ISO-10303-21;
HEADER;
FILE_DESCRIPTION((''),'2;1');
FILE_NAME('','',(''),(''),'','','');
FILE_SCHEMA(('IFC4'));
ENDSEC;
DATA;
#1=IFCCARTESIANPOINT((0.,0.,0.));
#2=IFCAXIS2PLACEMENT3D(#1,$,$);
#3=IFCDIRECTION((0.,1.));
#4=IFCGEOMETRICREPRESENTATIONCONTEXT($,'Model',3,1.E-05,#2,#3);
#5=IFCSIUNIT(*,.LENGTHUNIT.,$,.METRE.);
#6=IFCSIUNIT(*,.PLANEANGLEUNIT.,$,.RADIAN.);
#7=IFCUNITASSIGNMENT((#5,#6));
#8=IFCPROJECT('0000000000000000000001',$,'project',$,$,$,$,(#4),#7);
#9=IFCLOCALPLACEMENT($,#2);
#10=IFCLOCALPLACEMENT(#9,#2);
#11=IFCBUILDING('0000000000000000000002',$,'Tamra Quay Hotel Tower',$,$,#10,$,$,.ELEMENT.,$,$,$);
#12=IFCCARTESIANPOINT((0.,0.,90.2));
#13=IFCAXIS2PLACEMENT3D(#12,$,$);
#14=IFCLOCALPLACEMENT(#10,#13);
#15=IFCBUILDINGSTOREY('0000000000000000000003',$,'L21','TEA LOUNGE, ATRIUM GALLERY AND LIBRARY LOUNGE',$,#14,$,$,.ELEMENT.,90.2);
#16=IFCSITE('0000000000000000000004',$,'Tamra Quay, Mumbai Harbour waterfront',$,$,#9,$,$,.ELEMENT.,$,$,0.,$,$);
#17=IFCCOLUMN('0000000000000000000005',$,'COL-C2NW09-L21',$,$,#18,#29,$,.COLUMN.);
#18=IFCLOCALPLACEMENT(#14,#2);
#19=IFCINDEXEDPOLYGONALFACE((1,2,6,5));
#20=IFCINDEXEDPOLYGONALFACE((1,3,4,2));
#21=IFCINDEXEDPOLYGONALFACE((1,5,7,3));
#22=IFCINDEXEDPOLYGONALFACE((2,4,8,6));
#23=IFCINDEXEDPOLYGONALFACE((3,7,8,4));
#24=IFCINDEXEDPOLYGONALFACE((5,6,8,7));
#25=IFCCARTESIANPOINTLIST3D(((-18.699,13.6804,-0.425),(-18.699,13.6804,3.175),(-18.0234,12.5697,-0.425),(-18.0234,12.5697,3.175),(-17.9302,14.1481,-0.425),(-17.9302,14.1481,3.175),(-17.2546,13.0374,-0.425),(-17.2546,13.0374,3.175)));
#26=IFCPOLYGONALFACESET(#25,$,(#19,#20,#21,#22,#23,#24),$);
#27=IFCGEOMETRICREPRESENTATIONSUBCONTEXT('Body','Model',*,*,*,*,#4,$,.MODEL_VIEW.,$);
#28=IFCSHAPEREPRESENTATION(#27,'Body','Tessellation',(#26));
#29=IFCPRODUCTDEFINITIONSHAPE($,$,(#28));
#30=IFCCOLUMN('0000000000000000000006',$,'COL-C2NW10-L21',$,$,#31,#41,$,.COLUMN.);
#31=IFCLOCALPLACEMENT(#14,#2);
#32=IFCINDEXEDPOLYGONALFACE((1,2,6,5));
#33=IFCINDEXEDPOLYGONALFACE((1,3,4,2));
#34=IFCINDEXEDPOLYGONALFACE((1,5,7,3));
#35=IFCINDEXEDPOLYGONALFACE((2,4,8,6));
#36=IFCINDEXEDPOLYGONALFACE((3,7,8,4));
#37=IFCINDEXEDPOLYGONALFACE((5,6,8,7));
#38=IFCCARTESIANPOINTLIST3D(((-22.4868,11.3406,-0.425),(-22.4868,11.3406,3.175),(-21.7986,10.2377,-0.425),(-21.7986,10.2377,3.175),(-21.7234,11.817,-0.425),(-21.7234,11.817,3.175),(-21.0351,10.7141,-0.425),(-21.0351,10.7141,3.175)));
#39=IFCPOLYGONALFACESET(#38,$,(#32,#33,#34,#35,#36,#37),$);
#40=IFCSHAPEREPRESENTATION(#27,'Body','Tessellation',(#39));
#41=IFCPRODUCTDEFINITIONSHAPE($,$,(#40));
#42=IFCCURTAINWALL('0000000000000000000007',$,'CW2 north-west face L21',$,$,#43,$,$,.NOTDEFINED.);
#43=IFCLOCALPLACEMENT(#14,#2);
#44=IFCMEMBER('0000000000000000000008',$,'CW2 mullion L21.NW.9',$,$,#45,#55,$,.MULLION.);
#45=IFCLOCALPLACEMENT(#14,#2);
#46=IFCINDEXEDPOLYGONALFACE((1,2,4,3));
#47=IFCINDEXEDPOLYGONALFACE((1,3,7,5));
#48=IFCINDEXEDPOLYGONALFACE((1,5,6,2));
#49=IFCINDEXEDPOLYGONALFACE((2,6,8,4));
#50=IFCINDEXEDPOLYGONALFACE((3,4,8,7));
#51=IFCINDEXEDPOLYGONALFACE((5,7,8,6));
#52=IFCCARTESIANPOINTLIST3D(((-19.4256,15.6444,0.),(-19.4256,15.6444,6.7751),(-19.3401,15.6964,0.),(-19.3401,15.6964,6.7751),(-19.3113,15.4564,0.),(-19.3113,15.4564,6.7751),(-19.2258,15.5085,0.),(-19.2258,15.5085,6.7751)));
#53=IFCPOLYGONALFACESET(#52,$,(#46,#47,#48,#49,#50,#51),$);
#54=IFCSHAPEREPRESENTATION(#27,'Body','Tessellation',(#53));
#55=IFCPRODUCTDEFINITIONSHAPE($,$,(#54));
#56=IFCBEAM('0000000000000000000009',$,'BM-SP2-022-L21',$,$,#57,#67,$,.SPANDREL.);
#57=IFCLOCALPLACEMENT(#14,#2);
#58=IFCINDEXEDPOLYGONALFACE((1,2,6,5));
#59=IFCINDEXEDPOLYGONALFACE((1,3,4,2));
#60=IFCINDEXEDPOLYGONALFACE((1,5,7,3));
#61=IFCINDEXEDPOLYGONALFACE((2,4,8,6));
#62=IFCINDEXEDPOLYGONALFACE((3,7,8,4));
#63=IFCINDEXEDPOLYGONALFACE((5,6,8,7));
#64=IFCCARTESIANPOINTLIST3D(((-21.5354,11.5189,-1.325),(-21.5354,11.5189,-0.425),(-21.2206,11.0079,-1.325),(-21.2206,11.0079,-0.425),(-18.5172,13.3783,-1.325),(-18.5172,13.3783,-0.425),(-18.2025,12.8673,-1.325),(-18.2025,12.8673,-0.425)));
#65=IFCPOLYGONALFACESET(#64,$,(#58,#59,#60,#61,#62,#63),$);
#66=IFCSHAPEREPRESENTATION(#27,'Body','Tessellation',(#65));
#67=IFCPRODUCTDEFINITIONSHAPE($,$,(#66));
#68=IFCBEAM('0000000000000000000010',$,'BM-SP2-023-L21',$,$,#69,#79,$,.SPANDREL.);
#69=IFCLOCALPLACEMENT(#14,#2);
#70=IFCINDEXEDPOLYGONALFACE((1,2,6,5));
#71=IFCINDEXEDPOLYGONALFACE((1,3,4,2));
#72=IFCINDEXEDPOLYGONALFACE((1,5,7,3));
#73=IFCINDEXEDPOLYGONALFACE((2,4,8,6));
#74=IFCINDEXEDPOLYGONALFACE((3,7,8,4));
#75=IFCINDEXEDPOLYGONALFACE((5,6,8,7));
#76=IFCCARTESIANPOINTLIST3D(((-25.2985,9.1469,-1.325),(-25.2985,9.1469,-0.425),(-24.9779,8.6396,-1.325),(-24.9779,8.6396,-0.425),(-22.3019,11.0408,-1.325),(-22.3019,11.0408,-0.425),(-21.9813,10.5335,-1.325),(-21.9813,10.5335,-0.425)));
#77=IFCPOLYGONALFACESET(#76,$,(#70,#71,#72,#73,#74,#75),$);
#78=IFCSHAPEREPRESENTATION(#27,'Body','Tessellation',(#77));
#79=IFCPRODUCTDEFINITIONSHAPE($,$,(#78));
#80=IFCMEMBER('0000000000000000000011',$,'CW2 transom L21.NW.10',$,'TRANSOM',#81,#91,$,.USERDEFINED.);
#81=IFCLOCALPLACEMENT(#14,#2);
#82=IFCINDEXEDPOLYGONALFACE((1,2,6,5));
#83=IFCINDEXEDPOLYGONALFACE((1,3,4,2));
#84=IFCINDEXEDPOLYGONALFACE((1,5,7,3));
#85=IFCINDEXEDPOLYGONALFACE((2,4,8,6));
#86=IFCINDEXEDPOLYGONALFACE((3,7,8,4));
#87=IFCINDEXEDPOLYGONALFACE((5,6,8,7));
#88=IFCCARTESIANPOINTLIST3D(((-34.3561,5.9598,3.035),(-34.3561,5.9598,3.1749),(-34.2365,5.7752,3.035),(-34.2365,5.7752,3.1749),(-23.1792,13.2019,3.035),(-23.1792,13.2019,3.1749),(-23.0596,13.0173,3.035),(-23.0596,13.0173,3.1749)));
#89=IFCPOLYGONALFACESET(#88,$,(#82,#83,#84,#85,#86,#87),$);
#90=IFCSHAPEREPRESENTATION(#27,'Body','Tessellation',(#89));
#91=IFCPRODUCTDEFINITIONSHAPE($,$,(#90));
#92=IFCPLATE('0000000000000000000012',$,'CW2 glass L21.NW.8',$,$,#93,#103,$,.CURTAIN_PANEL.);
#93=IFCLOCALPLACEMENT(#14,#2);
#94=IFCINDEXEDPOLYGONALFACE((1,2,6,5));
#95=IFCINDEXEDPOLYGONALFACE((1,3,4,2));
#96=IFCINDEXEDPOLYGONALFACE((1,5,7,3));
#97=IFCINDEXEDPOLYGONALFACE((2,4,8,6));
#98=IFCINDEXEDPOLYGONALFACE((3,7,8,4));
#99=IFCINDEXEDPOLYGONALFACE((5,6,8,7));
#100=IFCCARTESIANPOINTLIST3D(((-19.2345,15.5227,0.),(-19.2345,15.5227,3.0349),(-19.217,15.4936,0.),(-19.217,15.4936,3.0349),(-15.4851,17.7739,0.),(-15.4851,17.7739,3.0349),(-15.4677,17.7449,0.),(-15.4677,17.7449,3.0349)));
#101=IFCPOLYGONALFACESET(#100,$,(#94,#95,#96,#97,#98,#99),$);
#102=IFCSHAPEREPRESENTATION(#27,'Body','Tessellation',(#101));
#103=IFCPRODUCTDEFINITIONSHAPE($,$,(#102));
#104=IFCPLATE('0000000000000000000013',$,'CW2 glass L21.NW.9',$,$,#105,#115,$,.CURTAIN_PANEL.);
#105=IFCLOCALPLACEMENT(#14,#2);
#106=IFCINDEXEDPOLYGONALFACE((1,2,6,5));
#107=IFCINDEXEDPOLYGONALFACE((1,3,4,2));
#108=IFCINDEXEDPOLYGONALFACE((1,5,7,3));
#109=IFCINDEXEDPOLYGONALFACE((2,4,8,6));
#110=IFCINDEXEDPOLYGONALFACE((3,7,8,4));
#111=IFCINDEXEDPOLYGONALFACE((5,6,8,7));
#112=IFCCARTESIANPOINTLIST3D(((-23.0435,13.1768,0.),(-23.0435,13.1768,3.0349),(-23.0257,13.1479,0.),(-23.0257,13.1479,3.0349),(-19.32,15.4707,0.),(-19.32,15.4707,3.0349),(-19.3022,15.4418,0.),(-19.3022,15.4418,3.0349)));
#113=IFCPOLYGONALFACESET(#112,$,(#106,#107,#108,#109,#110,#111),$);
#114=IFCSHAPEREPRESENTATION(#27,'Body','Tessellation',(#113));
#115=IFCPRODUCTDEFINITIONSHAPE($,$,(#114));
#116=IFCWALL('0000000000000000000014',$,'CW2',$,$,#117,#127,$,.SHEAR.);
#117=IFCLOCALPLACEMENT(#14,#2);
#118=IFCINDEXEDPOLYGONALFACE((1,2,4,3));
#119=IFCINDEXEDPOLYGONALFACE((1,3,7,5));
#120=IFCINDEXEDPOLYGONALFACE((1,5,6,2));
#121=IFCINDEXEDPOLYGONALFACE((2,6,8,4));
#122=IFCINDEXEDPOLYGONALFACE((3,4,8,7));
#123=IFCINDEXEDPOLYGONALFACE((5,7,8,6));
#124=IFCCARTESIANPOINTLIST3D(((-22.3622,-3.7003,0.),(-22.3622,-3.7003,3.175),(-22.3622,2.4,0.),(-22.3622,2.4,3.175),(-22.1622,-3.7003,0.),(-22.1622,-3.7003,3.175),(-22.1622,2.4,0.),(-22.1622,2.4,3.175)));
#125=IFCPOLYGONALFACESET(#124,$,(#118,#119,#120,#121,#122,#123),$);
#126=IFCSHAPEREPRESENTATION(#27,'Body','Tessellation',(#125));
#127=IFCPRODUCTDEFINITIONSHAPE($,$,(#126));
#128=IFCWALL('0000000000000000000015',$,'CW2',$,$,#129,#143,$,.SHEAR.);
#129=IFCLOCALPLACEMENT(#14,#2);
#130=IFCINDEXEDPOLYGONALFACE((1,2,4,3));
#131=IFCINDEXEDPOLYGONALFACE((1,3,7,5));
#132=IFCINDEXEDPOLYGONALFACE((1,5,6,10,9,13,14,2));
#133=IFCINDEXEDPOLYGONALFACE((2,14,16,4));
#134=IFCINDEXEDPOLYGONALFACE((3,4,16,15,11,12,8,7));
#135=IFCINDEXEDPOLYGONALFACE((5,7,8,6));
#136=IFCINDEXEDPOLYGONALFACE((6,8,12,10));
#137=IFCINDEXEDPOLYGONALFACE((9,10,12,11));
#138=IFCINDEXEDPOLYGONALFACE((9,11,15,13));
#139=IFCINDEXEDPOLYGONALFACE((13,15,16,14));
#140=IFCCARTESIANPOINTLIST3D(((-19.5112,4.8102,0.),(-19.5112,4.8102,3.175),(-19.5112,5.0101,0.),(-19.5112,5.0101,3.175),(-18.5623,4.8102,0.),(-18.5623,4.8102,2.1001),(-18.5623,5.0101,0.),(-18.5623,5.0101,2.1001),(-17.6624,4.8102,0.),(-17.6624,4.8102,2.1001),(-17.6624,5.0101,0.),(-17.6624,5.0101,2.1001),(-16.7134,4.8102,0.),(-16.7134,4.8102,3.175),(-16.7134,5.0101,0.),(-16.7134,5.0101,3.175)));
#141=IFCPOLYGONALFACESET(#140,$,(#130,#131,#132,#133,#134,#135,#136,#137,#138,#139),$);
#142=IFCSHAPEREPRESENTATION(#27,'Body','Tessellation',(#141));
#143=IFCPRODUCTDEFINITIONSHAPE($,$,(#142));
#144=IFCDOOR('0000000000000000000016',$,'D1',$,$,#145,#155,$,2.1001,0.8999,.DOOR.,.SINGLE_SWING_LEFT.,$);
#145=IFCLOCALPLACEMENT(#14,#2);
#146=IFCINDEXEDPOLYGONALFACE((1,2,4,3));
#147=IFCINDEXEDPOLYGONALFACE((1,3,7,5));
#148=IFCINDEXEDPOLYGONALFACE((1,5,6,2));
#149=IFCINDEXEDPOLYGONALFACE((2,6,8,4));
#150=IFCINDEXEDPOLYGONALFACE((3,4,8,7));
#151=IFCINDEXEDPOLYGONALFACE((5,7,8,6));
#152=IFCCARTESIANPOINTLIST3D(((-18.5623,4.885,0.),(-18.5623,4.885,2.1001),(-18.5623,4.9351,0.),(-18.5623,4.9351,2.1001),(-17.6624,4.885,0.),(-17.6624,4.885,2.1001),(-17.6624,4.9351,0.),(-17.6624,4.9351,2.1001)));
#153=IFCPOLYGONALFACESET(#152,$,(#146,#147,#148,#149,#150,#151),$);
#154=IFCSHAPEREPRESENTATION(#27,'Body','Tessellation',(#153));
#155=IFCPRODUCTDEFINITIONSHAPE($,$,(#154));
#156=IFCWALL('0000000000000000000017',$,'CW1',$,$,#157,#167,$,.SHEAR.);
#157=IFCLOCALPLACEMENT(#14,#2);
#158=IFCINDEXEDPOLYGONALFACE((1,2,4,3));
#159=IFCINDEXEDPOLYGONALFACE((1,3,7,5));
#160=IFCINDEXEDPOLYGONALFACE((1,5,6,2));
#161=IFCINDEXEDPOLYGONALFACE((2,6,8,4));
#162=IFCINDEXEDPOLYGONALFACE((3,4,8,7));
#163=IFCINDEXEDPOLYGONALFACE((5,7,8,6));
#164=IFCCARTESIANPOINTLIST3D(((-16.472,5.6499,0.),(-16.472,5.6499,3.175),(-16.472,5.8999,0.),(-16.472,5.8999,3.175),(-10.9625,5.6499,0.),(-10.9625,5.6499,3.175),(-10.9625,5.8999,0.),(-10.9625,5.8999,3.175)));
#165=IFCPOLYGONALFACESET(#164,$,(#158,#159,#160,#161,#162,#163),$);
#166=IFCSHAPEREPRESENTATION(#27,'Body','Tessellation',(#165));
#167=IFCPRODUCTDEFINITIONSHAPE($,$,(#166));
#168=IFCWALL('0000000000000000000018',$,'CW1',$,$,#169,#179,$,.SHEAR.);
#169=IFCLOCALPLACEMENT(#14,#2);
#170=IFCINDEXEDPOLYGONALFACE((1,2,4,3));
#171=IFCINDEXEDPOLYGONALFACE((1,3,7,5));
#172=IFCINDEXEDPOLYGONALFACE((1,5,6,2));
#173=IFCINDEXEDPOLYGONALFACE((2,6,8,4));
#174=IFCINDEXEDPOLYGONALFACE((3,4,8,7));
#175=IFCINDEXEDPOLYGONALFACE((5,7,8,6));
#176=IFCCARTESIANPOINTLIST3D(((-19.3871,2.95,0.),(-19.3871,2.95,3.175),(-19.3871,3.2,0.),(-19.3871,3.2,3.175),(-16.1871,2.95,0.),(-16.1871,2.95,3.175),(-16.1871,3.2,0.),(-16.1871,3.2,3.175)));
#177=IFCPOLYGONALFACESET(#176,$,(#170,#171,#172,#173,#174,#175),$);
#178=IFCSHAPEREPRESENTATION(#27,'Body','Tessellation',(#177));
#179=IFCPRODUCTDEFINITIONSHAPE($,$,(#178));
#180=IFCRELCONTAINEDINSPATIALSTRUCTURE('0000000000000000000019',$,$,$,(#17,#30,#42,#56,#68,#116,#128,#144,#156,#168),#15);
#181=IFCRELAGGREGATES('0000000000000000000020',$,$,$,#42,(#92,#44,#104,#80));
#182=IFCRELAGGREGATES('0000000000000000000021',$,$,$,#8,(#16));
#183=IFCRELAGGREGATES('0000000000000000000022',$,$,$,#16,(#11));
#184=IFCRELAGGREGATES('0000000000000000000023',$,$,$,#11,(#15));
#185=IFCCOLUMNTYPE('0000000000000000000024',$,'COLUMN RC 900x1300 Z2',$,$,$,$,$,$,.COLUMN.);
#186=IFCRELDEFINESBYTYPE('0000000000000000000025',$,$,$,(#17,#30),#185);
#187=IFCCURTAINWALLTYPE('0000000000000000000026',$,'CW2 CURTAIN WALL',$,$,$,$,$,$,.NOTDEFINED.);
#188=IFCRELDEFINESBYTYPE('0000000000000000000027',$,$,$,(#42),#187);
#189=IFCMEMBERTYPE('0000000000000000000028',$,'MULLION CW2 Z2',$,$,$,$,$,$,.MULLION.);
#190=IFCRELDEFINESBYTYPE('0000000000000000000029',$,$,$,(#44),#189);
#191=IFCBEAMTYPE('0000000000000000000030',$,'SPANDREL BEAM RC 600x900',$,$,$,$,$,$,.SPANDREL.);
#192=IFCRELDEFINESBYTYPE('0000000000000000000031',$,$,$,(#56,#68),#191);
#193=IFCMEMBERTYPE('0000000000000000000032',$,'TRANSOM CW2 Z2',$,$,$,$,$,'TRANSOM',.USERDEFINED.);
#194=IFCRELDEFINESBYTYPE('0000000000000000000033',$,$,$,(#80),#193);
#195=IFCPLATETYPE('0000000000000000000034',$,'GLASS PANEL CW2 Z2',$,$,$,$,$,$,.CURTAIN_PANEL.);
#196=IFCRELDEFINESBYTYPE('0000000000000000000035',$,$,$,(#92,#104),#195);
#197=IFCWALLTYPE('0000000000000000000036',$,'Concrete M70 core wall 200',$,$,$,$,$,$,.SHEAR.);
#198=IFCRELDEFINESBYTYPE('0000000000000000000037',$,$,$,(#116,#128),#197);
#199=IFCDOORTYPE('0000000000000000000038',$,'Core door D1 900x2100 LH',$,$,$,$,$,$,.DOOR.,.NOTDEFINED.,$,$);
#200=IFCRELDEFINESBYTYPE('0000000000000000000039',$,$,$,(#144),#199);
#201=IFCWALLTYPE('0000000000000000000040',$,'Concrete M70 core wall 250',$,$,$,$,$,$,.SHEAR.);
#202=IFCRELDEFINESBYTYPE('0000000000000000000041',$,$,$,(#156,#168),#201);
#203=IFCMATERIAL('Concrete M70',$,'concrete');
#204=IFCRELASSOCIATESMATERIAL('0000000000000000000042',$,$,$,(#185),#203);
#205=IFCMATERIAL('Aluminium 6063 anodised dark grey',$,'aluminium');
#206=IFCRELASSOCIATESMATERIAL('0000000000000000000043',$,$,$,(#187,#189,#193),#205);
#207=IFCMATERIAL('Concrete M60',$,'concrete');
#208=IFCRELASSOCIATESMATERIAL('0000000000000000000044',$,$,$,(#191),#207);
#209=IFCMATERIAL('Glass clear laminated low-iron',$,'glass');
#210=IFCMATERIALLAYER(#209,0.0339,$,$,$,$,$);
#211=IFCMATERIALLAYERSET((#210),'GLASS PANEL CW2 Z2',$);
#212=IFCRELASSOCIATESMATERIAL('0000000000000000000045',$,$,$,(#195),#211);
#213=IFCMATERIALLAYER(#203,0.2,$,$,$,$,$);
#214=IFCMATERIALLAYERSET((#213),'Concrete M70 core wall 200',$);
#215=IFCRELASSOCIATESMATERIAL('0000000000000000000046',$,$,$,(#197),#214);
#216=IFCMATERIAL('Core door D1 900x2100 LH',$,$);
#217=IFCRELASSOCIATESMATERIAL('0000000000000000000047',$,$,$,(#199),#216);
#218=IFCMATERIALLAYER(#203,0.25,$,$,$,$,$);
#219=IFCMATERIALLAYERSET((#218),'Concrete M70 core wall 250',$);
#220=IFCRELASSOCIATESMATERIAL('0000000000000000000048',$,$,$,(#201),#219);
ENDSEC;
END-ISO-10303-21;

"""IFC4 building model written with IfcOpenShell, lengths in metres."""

from ifc_helpers import new_model, si_unit, direction, frame, frame_2d, origin, origin_2d, place, context, subcontext, project, spatial, rectangle, extrude, material, layer, layer_set, material_profile, profile_set, type_object, element, fill, aggregate, save


model = new_model("IFC4")

# Units and contexts
model_context = context("Model", 3, precision=1e-05, world=origin(), true_north=direction((0.0, 1.0)))
body_context = subcontext(model_context, "Body", "Model", "MODEL_VIEW")
ifc_project = project(units=[si_unit("LENGTHUNIT", "METRE"), si_unit("PLANEANGLEUNIT", "RADIAN")], contexts=[model_context])

# Site, building, storey
site_placement = place(None, origin())
site = spatial("IfcSite", under=ifc_project, at=site_placement, Name="Tamra Quay, Mumbai Harbour waterfront", CompositionType="ELEMENT", RefElevation=0.0)
building_placement = place(site_placement, origin())
building = spatial("IfcBuilding", under=site, at=building_placement, Name="Tamra Quay Hotel Tower", CompositionType="ELEMENT")
storey_placement = place(building_placement, frame((0.0, 0.0, 90.2)))
storey = spatial("IfcBuildingStorey", under=building, at=storey_placement, Name="L21", Description="TEA LOUNGE, ATRIUM GALLERY AND LIBRARY LOUNGE", CompositionType="ELEMENT", Elevation=90.2)

# Columns
ifc_material_1 = material(Name="Concrete M70", Category="concrete")
ifc_material_profile_1 = material_profile(ifc_material_1, rectangle(XDim=1.3, YDim=0.8999, at=origin_2d()), Name="COLUMN RC 900x1300 Z2")
ifc_profile_set_1 = profile_set([ifc_material_profile_1], Name="Concrete M70")
column_type = type_object("IfcColumnType", Name="COLUMN RC 900x1300 Z2", PredefinedType="COLUMN", material=ifc_profile_set_1)
for number, where, z_axis, x_axis, name in (
    (1, (-17.9768, 13.3589, -0.425), (0.0, 0.0, 1.0), (-0.519679, 0.854362, 0.0), "COL-C2NW09-L21"),
    (2, (-21.761, 11.0273, -0.425), (0.0, 0.0, 1.0), (-0.52941, 0.848366, 0.0), "COL-C2NW10-L21"),
):
    element("IfcColumn", number, at=place(storey_placement, frame(where, z_axis=z_axis, x_axis=x_axis)), inside=storey, type_object=column_type, Name=name, PredefinedType="COLUMN", context=body_context, shape_type="SweptSolid", body=[
        extrude(rectangle(XDim=1.3, YDim=0.8999, at=origin_2d()), origin(), (0.0, 0.0, 1.0), 3.6001),
    ])

# Curtain wall, member
ifc_material_2 = material(Name="Aluminium 6063 anodised dark grey", Category="aluminium")
curtain_wall_type = type_object("IfcCurtainWallType", Name="CW2 CURTAIN WALL", PredefinedType="NOTDEFINED", material=ifc_material_2)
curtain_wall_placement = place(storey_placement, origin())
curtain_wall = element("IfcCurtainWall", 3, at=curtain_wall_placement, inside=storey, type_object=curtain_wall_type, Name="CW2 north-west face L21", PredefinedType="NOTDEFINED")
ifc_material_profile_2 = material_profile(ifc_material_2, rectangle(XDim=0.22, YDim=0.1001, at=origin_2d()), Name="MULLION 100X220")
ifc_profile_set_2 = profile_set([ifc_material_profile_2], Name="Aluminium 6063 anodised dark grey")
member_type_1 = type_object("IfcMemberType", Name="MULLION CW2 Z2", PredefinedType="MULLION", material=ifc_profile_set_2)
member_1_placement = place(storey_placement, frame((-19.3257, 15.5764, 0.0), z_axis=(0.0, 0.0, 1.0), x_axis=(-0.51965, 0.854379, 0.0)))
member_1 = element("IfcMember", 4, at=member_1_placement, type_object=member_type_1, Name="CW2 mullion L21.NW.9", PredefinedType="MULLION", context=body_context, shape_type="SweptSolid", body=[
    extrude(rectangle(XDim=0.22, YDim=0.1001, at=origin_2d()), origin(), (0.0, 0.0, 1.0), 6.7751),
])

# Beams
ifc_material_3 = material(Name="Concrete M60", Category="concrete")
ifc_material_profile_3 = material_profile(ifc_material_3, rectangle(XDim=0.6001, YDim=0.8999, at=origin_2d()), Name="SPANDREL BEAM RC 600x900")
ifc_profile_set_3 = profile_set([ifc_material_profile_3], Name="Concrete M60")
beam_type = type_object("IfcBeamType", Name="SPANDREL BEAM RC 600x900", PredefinedType="SPANDREL", material=ifc_profile_set_3)
for number, where, z_axis, x_axis, name in (
    (5, (-18.3599, 13.1228, -0.875), (-0.851393, -0.524528, 0.0), (0.524528, -0.851393, 0.0), "BM-SP2-022-L21"),
    (6, (-22.1416, 10.7871, -0.875), (-0.845333, -0.534239, 0.0), (0.534239, -0.845333, 0.0), "BM-SP2-023-L21"),
):
    element("IfcBeam", number, at=place(storey_placement, frame(where, z_axis=z_axis, x_axis=x_axis)), inside=storey, type_object=beam_type, Name=name, PredefinedType="SPANDREL", context=body_context, shape_type="SweptSolid", body=[
        extrude(rectangle(XDim=0.6001, YDim=0.8999, at=origin_2d()), origin(), (0.0, 0.0, 1.0), 3.5449),
    ])

# Member
ifc_material_profile_4 = material_profile(ifc_material_2, rectangle(XDim=0.22, YDim=0.1399, at=origin_2d()), Name="TRANSOM 220X140")
ifc_profile_set_4 = profile_set([ifc_material_profile_4], Name="Aluminium 6063 anodised dark grey")
member_type_2 = type_object("IfcMemberType", Name="TRANSOM CW2 Z2", ElementType="TRANSOM", PredefinedType="USERDEFINED", material=ifc_profile_set_4)
member_2_placement = place(storey_placement, frame((-23.1194, 13.1096, 3.105), z_axis=(-0.839227, -0.543781, 0.0), x_axis=(0.543781, -0.839227, 0.0)))
member_2 = element("IfcMember", 7, at=member_2_placement, type_object=member_type_2, Name="CW2 transom L21.NW.10", ObjectType="TRANSOM", PredefinedType="USERDEFINED", context=body_context, shape_type="SweptSolid", body=[
    extrude(rectangle(XDim=0.22, YDim=0.1399, at=origin_2d()), origin(), (0.0, 0.0, 1.0), 13.3181),
])

# Plates
ifc_material_4 = material(Name="Glass clear laminated low-iron", Category="glass")
ifc_layer_1 = layer(ifc_material_4, 0.0339)
ifc_layer_set_1 = layer_set([ifc_layer_1], Name="GLASS PANEL CW2 Z2")
plate_type = type_object("IfcPlateType", Name="GLASS PANEL CW2 Z2", PredefinedType="CURTAIN_PANEL", material=ifc_layer_set_1)
plate_1_placement = place(storey_placement, frame((-17.3511, 16.6338, 0.0), z_axis=(0.0, 0.0, 1.0), x_axis=(-0.857331, -0.514765, 0.0)))
plate_1 = element("IfcPlate", 8, at=plate_1_placement, type_object=plate_type, Name="CW2 glass L21.NW.8", PredefinedType="CURTAIN_PANEL", context=body_context, shape_type="SweptSolid", body=[
    extrude(rectangle(XDim=4.3733, YDim=0.0339, at=origin_2d()), origin(), (0.0, 0.0, 1.0), 3.0349),
])
plate_2_placement = place(storey_placement, frame((-21.1729, 14.3093, 0.0), z_axis=(0.0, 0.0, 1.0), x_axis=(-0.851399, -0.524518, 0.0)))
plate_2 = element("IfcPlate", 9, at=plate_2_placement, type_object=plate_type, Name="CW2 glass L21.NW.9", PredefinedType="CURTAIN_PANEL", context=body_context, shape_type="SweptSolid", body=[
    extrude(rectangle(XDim=4.3733, YDim=0.0339, at=origin_2d()), origin(), (0.0, 0.0, 1.0), 3.0349),
])
aggregate(curtain_wall, [plate_1, member_1, plate_2, member_2])

# Wall
ifc_layer_2 = layer(ifc_material_1, 0.2)
ifc_layer_set_2 = layer_set([ifc_layer_2], Name="Concrete M70 core wall 200")
wall_type_1 = type_object("IfcWallType", Name="Concrete M70 core wall 200", PredefinedType="SHEAR", material=ifc_layer_set_2)
wall_1_placement = place(storey_placement, frame((-22.2622, 2.4001, 0.0), z_axis=(0.0, 0.0, 1.0), x_axis=(0.0, -1.0, 0.0)))
element("IfcWall", 10, at=wall_1_placement, inside=storey, type_object=wall_type_1, Name="CW2", PredefinedType="SHEAR", context=body_context, shape_type="SweptSolid", body=[
    extrude(rectangle(XDim=6.1003, YDim=0.2, at=frame_2d((3.0503, 0.0))), origin(), (0.0, 0.0, 1.0), 3.175),
])

# Wall, opening, door
wall_2_placement = place(storey_placement, frame((-19.5112, 4.9102, 0.0), z_axis=(0.0, 0.0, 1.0), x_axis=(1.0, 0.0, 0.0)))
wall_2 = element("IfcWall", 11, at=wall_2_placement, inside=storey, type_object=wall_type_1, Name="CW2", PredefinedType="SHEAR", context=body_context, shape_type="SweptSolid", body=[
    extrude(rectangle(XDim=2.7979, YDim=0.2, at=frame_2d((1.3989, 0.0))), origin(), (0.0, 0.0, 1.0), 3.175),
])
opening_1_placement = place(wall_2_placement, frame((0.949, 0.0, 0.0)))
opening_1 = element("IfcOpeningElement", 12, at=opening_1_placement, cuts=wall_2, PredefinedType="OPENING", context=body_context, shape_type="SweptSolid", body=[
    extrude(rectangle(XDim=0.8999, YDim=2.1001, at=frame_2d((0.45, 1.05))), frame((0.0, 0.1099, 0.0), z_axis=(0.0, -1.0, 0.0), x_axis=(1.0, 0.0, 0.0)), (0.0, 0.0, 1.0), 0.22),
])
ifc_material_5 = material(Name="Core door D1 900x2100 LH")
door_type_1 = type_object("IfcDoorType", Name="Core door D1 900x2100 LH", OperationType="NOTDEFINED", PredefinedType="DOOR", material=ifc_material_5)
door_1_placement = place(opening_1_placement, origin())
door_1 = element("IfcDoor", 13, at=door_1_placement, inside=storey, type_object=door_type_1, Name="D1", OperationType="SINGLE_SWING_LEFT", OverallHeight=2.1001, OverallWidth=0.8999, PredefinedType="DOOR", context=body_context, shape_type="SweptSolid", body=[
    extrude(rectangle(XDim=0.8999, YDim=2.1001, at=frame_2d((0.45, 1.05))), frame((0.0, 0.0249, 0.0), z_axis=(0.0, -1.0, 0.0), x_axis=(1.0, 0.0, 0.0)), (0.0, 0.0, 1.0), 0.05),
])
fill(opening_1, door_1)

# Walls
ifc_layer_3 = layer(ifc_material_1, 0.25)
ifc_layer_set_3 = layer_set([ifc_layer_3], Name="Concrete M70 core wall 250")
wall_type_2 = type_object("IfcWallType", Name="Concrete M70 core wall 250", PredefinedType="SHEAR", material=ifc_layer_set_3)
wall_3_placement = place(storey_placement, frame((-16.4722, 5.7749, 0.0), z_axis=(0.0, 0.0, 1.0), x_axis=(1.0, 0.0, 0.0)))
element("IfcWall", 14, at=wall_3_placement, inside=storey, type_object=wall_type_2, Name="CW1", PredefinedType="SHEAR", context=body_context, shape_type="SweptSolid", body=[
    extrude(rectangle(XDim=5.5095, YDim=0.25, at=frame_2d((2.7549, 0.0))), origin(), (0.0, 0.0, 1.0), 3.175),
])
wall_4_placement = place(storey_placement, frame((-19.3872, 3.075, 0.0), z_axis=(0.0, 0.0, 1.0), x_axis=(1.0, 0.0, 0.0)))
element("IfcWall", 15, at=wall_4_placement, inside=storey, type_object=wall_type_2, Name="CW1", PredefinedType="SHEAR", context=body_context, shape_type="SweptSolid", body=[
    extrude(rectangle(XDim=3.2, YDim=0.25, at=frame_2d((1.6001, 0.0))), origin(), (0.0, 0.0, 1.0), 3.175),
])

save(model, "model.ifc")
